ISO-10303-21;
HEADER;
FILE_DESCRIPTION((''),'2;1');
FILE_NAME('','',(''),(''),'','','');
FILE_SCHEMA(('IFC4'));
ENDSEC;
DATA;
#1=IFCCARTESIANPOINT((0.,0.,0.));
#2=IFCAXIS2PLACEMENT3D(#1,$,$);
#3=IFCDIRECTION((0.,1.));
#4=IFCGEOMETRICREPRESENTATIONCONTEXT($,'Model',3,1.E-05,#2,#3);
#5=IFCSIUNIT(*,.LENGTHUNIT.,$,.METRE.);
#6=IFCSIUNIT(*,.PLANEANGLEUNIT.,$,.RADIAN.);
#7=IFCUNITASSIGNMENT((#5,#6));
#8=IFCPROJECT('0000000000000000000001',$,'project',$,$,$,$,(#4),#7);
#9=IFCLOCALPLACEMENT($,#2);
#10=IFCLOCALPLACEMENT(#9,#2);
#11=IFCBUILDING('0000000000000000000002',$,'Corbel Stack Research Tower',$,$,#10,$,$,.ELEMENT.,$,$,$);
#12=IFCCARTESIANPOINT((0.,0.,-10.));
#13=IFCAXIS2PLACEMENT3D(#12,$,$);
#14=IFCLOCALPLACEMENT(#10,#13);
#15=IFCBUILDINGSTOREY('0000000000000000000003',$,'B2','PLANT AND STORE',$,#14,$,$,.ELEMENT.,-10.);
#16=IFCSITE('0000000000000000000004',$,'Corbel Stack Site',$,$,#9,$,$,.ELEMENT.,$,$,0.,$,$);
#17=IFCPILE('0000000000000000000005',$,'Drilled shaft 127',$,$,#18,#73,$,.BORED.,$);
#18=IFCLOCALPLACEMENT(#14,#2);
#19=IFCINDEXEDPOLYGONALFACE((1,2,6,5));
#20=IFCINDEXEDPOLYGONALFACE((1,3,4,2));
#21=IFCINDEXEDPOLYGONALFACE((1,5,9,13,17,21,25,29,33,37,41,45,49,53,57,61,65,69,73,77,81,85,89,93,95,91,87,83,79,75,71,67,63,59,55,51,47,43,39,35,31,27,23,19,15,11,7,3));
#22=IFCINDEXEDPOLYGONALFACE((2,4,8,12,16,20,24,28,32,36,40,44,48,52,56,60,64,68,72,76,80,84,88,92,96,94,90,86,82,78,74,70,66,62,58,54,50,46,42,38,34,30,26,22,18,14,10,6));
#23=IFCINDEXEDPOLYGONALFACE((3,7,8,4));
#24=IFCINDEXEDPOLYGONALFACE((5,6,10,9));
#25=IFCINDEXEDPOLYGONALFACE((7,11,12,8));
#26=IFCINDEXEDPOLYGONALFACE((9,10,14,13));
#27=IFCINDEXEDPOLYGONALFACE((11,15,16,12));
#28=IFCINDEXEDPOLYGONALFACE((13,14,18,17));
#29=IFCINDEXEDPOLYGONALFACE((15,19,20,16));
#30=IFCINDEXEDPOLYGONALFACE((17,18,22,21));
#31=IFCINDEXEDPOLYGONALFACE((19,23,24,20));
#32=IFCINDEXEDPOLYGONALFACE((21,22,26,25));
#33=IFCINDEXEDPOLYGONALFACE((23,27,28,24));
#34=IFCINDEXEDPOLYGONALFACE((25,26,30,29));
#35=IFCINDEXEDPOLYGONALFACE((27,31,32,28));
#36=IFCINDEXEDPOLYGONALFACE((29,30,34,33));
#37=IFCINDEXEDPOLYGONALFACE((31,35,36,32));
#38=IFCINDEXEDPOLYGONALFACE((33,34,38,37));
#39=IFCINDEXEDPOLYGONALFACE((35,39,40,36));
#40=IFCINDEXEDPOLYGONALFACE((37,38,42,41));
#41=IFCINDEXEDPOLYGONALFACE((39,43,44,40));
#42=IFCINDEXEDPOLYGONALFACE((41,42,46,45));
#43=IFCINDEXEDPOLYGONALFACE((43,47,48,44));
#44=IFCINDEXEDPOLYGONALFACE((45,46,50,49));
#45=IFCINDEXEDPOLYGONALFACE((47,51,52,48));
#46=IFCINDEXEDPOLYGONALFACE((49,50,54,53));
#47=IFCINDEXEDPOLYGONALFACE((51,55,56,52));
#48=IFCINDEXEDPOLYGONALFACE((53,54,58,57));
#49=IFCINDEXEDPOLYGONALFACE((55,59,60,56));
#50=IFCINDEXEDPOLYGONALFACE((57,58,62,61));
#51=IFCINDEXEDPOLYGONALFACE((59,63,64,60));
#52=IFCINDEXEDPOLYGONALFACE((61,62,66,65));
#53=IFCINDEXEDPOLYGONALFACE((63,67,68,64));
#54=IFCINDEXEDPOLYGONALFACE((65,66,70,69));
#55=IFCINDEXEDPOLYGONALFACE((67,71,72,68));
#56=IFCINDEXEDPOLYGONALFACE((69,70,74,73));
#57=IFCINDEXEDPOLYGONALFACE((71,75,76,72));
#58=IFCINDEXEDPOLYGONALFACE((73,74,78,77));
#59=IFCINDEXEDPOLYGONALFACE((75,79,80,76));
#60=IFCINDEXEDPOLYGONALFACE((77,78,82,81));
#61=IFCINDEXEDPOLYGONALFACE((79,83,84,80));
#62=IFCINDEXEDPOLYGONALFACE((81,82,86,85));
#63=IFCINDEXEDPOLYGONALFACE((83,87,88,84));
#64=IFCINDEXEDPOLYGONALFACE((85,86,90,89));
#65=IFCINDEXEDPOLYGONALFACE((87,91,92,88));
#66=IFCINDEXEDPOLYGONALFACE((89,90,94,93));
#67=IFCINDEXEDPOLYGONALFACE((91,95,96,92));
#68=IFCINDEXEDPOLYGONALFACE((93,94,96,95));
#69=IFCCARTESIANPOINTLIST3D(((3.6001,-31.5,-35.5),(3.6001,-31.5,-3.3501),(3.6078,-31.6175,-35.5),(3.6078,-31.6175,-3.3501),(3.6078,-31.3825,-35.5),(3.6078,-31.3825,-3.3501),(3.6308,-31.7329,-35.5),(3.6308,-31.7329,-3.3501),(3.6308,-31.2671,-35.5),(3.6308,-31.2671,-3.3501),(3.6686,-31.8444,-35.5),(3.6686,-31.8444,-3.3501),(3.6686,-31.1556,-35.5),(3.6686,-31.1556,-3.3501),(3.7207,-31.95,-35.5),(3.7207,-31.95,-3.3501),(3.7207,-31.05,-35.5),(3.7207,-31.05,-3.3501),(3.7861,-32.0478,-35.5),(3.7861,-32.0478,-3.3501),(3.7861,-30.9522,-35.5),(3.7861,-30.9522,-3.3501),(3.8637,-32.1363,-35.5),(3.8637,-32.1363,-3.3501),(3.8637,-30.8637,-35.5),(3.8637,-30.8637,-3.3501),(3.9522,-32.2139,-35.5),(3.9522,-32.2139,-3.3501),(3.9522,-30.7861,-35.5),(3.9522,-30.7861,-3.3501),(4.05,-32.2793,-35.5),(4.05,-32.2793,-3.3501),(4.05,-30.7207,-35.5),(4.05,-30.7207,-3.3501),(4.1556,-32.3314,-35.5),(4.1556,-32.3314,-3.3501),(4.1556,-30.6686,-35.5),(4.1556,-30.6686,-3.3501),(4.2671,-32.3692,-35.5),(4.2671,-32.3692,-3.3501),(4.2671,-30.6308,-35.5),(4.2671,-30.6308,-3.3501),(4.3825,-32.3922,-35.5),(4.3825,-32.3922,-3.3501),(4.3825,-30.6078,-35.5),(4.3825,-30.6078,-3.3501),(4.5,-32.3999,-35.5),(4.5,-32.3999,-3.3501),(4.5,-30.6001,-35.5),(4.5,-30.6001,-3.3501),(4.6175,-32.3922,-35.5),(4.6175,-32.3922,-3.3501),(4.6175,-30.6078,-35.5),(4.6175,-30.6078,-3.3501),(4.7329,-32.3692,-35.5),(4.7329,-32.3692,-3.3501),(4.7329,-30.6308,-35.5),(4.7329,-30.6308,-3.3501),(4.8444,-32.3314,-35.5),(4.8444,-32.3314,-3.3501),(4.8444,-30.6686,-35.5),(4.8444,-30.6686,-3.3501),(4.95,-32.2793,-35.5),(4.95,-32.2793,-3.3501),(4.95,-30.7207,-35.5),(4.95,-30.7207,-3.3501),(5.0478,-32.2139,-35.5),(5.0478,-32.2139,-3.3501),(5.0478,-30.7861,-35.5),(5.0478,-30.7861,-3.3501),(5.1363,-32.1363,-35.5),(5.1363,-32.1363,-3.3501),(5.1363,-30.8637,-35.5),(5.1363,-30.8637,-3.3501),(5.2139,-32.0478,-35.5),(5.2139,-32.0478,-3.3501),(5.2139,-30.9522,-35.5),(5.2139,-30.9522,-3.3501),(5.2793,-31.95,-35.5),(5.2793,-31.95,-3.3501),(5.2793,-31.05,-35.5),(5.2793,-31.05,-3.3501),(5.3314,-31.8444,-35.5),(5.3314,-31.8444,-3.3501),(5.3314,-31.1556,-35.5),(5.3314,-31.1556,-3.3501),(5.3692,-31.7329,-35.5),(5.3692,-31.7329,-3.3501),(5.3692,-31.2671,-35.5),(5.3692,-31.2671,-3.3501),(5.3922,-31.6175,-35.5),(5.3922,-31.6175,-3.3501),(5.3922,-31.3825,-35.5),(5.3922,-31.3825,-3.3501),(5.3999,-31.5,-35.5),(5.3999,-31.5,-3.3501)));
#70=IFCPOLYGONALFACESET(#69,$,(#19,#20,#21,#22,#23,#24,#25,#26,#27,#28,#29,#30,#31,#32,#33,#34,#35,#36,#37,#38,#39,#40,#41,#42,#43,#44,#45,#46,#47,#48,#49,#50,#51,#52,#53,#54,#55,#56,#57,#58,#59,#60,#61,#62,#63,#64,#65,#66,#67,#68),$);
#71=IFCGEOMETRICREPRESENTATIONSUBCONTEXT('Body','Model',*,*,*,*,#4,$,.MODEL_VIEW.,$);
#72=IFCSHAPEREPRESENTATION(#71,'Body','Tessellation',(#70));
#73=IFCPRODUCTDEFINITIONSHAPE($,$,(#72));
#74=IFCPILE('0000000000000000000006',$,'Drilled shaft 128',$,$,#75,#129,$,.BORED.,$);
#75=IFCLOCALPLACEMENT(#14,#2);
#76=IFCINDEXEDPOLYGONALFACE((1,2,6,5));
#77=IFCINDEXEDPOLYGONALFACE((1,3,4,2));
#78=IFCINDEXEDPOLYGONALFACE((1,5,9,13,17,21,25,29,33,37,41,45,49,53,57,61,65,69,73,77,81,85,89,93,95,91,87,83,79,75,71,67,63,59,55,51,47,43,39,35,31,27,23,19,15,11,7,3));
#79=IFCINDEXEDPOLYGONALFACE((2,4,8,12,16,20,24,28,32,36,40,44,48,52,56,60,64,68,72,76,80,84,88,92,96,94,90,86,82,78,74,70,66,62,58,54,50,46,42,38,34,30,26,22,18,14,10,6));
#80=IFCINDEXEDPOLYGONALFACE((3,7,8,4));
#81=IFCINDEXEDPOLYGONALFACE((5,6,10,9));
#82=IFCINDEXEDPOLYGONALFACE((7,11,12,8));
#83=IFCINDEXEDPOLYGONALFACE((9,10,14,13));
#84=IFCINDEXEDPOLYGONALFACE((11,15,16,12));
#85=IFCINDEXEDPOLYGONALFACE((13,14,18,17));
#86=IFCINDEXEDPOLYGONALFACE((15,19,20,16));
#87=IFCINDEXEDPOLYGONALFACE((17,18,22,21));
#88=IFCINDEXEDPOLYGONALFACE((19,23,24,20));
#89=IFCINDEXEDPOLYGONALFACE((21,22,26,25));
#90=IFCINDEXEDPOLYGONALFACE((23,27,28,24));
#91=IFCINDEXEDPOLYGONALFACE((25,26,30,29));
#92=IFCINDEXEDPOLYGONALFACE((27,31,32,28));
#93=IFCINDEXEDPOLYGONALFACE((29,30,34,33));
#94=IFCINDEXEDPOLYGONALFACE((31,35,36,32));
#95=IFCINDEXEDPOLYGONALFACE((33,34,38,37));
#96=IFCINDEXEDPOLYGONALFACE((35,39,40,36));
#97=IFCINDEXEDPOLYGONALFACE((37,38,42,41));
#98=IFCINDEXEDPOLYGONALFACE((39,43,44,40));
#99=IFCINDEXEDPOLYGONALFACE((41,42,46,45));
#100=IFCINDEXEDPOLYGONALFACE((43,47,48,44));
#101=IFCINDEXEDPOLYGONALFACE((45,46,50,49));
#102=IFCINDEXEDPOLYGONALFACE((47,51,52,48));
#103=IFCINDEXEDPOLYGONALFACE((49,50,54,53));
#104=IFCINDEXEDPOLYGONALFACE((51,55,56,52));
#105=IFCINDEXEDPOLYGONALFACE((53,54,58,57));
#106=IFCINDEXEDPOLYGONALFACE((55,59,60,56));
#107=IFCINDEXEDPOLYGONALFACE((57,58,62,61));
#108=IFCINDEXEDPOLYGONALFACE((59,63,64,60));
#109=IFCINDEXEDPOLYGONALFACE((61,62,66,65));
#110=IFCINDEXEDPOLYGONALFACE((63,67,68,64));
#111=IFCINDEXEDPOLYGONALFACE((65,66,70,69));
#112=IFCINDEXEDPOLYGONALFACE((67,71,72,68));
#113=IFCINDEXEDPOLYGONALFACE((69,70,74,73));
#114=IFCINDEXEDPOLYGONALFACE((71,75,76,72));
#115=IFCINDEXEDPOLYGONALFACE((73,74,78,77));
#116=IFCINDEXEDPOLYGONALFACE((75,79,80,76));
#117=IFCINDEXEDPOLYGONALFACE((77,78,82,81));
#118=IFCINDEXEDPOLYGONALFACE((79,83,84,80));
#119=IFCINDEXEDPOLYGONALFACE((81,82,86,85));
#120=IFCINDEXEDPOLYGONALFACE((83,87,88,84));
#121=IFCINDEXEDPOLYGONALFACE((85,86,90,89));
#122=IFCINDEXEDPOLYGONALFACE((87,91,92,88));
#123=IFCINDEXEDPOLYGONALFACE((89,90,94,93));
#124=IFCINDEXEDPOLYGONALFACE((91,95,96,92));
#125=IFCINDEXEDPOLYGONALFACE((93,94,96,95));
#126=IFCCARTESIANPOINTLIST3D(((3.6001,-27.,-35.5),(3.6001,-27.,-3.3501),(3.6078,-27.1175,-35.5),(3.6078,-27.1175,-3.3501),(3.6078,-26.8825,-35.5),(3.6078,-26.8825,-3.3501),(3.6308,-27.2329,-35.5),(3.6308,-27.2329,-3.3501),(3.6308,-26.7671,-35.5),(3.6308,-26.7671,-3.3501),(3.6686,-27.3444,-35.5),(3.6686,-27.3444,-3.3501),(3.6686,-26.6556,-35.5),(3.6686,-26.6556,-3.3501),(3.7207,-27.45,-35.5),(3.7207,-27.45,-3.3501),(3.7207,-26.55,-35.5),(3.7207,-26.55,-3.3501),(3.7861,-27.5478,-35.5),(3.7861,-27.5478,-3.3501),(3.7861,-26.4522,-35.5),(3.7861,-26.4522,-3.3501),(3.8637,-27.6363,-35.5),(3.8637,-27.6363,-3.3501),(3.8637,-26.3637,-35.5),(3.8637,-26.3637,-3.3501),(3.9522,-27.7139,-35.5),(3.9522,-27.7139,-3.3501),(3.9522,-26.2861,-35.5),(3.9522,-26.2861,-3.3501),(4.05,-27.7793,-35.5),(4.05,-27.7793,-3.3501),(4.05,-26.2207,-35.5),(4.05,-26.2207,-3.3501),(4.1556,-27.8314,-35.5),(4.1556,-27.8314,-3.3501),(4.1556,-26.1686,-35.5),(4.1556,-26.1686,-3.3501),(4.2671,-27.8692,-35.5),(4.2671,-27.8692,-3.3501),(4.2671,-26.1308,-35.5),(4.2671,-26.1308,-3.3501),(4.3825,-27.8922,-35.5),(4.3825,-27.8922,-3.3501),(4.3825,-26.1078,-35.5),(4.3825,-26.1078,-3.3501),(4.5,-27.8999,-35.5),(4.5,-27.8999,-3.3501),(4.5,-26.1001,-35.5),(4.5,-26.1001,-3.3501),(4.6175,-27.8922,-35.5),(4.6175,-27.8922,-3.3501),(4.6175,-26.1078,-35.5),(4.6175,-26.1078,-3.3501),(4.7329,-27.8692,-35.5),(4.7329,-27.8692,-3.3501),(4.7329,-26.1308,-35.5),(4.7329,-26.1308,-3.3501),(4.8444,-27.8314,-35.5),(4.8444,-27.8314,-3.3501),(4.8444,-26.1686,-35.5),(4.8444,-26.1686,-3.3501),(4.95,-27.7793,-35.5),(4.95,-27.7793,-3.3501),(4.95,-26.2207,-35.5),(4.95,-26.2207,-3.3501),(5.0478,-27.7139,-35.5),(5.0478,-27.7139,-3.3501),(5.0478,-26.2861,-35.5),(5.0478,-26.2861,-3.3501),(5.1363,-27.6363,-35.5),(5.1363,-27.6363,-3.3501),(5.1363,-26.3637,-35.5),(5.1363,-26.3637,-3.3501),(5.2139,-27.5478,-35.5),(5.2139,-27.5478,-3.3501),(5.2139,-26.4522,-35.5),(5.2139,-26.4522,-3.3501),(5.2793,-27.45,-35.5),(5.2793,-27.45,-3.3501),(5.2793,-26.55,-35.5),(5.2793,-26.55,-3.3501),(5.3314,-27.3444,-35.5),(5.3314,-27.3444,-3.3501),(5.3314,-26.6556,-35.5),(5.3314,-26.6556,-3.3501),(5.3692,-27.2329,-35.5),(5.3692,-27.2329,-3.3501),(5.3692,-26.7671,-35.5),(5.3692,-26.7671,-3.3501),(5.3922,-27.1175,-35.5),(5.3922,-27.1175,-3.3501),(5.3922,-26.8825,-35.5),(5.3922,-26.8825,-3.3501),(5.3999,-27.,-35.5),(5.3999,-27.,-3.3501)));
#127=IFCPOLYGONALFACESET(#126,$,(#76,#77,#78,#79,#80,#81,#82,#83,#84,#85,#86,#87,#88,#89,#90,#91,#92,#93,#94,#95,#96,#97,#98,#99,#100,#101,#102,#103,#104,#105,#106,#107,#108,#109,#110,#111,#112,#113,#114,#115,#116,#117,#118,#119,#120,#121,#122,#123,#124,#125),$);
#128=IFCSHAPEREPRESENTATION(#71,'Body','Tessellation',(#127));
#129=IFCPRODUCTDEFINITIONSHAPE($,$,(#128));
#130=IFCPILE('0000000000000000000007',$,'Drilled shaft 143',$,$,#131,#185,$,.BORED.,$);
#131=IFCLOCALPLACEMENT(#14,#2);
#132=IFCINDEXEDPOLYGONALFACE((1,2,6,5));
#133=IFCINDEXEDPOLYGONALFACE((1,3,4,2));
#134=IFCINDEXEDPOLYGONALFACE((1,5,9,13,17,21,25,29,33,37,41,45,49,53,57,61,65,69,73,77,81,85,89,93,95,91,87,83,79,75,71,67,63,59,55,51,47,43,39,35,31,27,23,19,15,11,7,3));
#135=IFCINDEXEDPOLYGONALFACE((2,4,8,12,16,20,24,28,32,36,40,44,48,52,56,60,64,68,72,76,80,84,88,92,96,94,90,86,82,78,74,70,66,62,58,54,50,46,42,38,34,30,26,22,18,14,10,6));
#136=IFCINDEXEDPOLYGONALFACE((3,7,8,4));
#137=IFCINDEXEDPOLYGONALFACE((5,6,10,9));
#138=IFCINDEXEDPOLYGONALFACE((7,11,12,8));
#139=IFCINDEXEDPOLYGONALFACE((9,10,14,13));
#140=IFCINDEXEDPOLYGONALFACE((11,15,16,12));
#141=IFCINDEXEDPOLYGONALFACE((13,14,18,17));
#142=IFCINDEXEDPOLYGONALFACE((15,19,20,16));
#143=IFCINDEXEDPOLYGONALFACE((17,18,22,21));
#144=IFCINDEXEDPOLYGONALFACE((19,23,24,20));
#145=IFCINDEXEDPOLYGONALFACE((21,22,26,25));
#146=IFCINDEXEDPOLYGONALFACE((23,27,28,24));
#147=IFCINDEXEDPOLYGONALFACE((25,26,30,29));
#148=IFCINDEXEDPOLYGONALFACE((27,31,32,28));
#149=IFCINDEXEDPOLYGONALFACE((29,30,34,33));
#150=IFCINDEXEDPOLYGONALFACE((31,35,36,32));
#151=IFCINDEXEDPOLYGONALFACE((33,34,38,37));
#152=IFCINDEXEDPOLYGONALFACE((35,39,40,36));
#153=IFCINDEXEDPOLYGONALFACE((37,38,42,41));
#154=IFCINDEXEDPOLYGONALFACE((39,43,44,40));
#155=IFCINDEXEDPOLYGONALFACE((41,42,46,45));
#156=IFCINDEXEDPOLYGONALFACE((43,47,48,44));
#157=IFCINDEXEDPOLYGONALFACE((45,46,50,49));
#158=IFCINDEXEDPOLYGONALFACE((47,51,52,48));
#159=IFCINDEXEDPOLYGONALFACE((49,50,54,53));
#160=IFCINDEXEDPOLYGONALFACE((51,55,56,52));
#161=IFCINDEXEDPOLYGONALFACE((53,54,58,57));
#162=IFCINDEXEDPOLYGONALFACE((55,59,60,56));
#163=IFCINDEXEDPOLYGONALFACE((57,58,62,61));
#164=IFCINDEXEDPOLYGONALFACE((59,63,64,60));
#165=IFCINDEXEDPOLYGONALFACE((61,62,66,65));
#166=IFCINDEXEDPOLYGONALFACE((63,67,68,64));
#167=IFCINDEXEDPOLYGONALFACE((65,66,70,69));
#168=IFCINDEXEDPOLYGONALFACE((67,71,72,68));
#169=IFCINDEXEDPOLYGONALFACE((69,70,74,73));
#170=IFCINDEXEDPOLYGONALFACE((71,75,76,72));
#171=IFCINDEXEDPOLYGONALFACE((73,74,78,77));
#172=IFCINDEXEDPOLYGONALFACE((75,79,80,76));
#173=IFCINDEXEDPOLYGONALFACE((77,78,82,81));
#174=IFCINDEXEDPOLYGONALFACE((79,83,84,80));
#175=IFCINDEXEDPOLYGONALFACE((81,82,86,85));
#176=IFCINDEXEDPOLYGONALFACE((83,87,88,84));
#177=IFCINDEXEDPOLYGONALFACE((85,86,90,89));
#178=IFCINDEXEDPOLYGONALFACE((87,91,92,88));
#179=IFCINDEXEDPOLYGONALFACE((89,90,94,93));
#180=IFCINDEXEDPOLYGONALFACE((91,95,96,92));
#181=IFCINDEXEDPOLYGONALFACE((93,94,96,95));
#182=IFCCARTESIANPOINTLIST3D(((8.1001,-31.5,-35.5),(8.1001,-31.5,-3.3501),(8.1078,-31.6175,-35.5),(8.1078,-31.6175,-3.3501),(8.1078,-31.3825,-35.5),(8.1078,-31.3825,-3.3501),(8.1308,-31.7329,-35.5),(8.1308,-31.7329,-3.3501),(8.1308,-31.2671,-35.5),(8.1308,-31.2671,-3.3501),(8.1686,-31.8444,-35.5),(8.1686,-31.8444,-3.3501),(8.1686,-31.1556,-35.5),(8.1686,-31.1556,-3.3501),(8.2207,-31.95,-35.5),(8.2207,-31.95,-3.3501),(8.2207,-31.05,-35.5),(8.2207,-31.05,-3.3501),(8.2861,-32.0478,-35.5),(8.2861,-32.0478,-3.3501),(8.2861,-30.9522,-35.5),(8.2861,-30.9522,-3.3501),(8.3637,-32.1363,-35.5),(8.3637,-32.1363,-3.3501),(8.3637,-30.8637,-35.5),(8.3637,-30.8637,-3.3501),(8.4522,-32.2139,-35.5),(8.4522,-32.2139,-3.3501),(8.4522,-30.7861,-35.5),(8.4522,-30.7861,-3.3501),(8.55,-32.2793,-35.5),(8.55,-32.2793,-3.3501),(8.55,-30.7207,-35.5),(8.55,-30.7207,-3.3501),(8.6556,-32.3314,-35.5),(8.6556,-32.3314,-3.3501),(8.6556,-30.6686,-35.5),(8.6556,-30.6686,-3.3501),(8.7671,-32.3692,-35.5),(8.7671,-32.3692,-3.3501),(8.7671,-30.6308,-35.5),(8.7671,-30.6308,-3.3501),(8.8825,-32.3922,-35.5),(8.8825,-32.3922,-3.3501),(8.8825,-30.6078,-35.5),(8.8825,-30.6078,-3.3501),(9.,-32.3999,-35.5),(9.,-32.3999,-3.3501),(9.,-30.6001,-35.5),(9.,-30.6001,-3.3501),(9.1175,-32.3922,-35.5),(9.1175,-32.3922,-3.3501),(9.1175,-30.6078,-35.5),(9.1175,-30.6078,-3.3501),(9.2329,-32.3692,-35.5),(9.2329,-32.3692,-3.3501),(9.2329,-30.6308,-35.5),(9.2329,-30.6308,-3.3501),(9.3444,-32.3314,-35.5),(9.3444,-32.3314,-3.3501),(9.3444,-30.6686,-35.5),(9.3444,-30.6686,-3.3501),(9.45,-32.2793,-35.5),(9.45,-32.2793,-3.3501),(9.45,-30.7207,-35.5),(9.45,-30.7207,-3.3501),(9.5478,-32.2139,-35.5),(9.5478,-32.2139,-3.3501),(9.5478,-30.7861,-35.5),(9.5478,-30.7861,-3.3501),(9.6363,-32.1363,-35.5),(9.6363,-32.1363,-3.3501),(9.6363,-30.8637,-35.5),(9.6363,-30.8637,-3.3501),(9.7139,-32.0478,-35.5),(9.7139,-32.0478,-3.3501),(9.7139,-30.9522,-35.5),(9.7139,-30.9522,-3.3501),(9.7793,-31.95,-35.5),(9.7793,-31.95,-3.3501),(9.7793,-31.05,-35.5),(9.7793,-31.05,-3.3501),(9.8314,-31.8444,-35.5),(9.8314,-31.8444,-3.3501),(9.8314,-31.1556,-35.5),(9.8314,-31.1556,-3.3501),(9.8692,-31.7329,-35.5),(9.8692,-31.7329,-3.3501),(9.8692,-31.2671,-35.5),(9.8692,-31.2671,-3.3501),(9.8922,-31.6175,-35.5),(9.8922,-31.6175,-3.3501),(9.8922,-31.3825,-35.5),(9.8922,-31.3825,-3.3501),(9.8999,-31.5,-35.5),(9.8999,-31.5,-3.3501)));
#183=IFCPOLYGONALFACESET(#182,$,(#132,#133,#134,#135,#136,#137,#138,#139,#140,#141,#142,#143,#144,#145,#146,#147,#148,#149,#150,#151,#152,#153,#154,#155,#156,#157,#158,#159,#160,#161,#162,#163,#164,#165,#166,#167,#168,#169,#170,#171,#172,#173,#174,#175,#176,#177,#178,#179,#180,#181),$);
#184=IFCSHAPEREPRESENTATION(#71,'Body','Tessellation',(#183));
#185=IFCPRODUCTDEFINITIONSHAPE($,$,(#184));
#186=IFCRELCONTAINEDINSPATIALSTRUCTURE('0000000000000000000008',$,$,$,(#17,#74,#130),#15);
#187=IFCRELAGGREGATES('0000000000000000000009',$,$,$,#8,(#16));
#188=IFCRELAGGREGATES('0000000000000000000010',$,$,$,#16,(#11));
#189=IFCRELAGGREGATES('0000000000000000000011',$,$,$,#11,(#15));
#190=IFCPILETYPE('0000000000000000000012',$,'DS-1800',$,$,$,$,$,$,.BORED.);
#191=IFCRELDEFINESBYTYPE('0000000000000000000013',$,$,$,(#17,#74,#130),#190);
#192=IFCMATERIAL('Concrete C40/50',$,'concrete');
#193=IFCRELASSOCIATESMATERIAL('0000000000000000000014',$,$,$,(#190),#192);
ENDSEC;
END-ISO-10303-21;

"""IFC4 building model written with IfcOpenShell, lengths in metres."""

from ifc_helpers import new_model, si_unit, direction, frame, origin, origin_2d, place, context, subcontext, project, spatial, circle, extrude, material, material_profile, profile_set, type_object, element, save


model = new_model("IFC4")

# Units and contexts
model_context = context("Model", 3, precision=1e-05, world=origin(), true_north=direction((0.0, 1.0)))
body_context = subcontext(model_context, "Body", "Model", "MODEL_VIEW")
ifc_project = project(units=[si_unit("LENGTHUNIT", "METRE"), si_unit("PLANEANGLEUNIT", "RADIAN")], contexts=[model_context])

# Site, building, storey
site_placement = place(None, origin())
site = spatial("IfcSite", under=ifc_project, at=site_placement, Name="Corbel Stack Site", CompositionType="ELEMENT", RefElevation=0.0)
building_placement = place(site_placement, origin())
building = spatial("IfcBuilding", under=site, at=building_placement, Name="Corbel Stack Research Tower", CompositionType="ELEMENT")
storey_placement = place(building_placement, frame((0.0, 0.0, -10.0)))
storey = spatial("IfcBuildingStorey", under=building, at=storey_placement, Name="B2", Description="PLANT AND STORE", CompositionType="ELEMENT", Elevation=-10.0)

# Piles
ifc_material_1 = material(Name="Concrete C40/50", Category="concrete")
ifc_material_profile_1 = material_profile(ifc_material_1, circle(Radius=0.8999, at=origin_2d()), Name="Shaft 1800")
ifc_profile_set_1 = profile_set([ifc_material_profile_1], Name="Concrete C40/50")
pile_type = type_object("IfcPileType", Name="DS-1800", PredefinedType="BORED", material=ifc_profile_set_1)
for number, where, z_axis, x_axis, name in (
    (1, (4.5, -31.5, -3.3501), (0.0, 0.0, -1.0), (1.0, 0.0, 0.0), "Drilled shaft 127"),
    (2, (4.5, -27.0, -3.3501), (0.0, 0.0, -1.0), (1.0, 0.0, 0.0), "Drilled shaft 128"),
    (3, (9.0, -31.5, -3.3501), (0.0, 0.0, -1.0), (1.0, 0.0, 0.0), "Drilled shaft 143"),
):
    element("IfcPile", number, at=place(storey_placement, frame(where, z_axis=z_axis, x_axis=x_axis)), inside=storey, type_object=pile_type, Name=name, PredefinedType="BORED", context=body_context, shape_type="SweptSolid", body=[
        extrude(circle(Radius=0.8999, at=origin_2d()), origin(), (0.0, 0.0, 1.0), 32.1499),
    ])

save(model, "model.ifc")
